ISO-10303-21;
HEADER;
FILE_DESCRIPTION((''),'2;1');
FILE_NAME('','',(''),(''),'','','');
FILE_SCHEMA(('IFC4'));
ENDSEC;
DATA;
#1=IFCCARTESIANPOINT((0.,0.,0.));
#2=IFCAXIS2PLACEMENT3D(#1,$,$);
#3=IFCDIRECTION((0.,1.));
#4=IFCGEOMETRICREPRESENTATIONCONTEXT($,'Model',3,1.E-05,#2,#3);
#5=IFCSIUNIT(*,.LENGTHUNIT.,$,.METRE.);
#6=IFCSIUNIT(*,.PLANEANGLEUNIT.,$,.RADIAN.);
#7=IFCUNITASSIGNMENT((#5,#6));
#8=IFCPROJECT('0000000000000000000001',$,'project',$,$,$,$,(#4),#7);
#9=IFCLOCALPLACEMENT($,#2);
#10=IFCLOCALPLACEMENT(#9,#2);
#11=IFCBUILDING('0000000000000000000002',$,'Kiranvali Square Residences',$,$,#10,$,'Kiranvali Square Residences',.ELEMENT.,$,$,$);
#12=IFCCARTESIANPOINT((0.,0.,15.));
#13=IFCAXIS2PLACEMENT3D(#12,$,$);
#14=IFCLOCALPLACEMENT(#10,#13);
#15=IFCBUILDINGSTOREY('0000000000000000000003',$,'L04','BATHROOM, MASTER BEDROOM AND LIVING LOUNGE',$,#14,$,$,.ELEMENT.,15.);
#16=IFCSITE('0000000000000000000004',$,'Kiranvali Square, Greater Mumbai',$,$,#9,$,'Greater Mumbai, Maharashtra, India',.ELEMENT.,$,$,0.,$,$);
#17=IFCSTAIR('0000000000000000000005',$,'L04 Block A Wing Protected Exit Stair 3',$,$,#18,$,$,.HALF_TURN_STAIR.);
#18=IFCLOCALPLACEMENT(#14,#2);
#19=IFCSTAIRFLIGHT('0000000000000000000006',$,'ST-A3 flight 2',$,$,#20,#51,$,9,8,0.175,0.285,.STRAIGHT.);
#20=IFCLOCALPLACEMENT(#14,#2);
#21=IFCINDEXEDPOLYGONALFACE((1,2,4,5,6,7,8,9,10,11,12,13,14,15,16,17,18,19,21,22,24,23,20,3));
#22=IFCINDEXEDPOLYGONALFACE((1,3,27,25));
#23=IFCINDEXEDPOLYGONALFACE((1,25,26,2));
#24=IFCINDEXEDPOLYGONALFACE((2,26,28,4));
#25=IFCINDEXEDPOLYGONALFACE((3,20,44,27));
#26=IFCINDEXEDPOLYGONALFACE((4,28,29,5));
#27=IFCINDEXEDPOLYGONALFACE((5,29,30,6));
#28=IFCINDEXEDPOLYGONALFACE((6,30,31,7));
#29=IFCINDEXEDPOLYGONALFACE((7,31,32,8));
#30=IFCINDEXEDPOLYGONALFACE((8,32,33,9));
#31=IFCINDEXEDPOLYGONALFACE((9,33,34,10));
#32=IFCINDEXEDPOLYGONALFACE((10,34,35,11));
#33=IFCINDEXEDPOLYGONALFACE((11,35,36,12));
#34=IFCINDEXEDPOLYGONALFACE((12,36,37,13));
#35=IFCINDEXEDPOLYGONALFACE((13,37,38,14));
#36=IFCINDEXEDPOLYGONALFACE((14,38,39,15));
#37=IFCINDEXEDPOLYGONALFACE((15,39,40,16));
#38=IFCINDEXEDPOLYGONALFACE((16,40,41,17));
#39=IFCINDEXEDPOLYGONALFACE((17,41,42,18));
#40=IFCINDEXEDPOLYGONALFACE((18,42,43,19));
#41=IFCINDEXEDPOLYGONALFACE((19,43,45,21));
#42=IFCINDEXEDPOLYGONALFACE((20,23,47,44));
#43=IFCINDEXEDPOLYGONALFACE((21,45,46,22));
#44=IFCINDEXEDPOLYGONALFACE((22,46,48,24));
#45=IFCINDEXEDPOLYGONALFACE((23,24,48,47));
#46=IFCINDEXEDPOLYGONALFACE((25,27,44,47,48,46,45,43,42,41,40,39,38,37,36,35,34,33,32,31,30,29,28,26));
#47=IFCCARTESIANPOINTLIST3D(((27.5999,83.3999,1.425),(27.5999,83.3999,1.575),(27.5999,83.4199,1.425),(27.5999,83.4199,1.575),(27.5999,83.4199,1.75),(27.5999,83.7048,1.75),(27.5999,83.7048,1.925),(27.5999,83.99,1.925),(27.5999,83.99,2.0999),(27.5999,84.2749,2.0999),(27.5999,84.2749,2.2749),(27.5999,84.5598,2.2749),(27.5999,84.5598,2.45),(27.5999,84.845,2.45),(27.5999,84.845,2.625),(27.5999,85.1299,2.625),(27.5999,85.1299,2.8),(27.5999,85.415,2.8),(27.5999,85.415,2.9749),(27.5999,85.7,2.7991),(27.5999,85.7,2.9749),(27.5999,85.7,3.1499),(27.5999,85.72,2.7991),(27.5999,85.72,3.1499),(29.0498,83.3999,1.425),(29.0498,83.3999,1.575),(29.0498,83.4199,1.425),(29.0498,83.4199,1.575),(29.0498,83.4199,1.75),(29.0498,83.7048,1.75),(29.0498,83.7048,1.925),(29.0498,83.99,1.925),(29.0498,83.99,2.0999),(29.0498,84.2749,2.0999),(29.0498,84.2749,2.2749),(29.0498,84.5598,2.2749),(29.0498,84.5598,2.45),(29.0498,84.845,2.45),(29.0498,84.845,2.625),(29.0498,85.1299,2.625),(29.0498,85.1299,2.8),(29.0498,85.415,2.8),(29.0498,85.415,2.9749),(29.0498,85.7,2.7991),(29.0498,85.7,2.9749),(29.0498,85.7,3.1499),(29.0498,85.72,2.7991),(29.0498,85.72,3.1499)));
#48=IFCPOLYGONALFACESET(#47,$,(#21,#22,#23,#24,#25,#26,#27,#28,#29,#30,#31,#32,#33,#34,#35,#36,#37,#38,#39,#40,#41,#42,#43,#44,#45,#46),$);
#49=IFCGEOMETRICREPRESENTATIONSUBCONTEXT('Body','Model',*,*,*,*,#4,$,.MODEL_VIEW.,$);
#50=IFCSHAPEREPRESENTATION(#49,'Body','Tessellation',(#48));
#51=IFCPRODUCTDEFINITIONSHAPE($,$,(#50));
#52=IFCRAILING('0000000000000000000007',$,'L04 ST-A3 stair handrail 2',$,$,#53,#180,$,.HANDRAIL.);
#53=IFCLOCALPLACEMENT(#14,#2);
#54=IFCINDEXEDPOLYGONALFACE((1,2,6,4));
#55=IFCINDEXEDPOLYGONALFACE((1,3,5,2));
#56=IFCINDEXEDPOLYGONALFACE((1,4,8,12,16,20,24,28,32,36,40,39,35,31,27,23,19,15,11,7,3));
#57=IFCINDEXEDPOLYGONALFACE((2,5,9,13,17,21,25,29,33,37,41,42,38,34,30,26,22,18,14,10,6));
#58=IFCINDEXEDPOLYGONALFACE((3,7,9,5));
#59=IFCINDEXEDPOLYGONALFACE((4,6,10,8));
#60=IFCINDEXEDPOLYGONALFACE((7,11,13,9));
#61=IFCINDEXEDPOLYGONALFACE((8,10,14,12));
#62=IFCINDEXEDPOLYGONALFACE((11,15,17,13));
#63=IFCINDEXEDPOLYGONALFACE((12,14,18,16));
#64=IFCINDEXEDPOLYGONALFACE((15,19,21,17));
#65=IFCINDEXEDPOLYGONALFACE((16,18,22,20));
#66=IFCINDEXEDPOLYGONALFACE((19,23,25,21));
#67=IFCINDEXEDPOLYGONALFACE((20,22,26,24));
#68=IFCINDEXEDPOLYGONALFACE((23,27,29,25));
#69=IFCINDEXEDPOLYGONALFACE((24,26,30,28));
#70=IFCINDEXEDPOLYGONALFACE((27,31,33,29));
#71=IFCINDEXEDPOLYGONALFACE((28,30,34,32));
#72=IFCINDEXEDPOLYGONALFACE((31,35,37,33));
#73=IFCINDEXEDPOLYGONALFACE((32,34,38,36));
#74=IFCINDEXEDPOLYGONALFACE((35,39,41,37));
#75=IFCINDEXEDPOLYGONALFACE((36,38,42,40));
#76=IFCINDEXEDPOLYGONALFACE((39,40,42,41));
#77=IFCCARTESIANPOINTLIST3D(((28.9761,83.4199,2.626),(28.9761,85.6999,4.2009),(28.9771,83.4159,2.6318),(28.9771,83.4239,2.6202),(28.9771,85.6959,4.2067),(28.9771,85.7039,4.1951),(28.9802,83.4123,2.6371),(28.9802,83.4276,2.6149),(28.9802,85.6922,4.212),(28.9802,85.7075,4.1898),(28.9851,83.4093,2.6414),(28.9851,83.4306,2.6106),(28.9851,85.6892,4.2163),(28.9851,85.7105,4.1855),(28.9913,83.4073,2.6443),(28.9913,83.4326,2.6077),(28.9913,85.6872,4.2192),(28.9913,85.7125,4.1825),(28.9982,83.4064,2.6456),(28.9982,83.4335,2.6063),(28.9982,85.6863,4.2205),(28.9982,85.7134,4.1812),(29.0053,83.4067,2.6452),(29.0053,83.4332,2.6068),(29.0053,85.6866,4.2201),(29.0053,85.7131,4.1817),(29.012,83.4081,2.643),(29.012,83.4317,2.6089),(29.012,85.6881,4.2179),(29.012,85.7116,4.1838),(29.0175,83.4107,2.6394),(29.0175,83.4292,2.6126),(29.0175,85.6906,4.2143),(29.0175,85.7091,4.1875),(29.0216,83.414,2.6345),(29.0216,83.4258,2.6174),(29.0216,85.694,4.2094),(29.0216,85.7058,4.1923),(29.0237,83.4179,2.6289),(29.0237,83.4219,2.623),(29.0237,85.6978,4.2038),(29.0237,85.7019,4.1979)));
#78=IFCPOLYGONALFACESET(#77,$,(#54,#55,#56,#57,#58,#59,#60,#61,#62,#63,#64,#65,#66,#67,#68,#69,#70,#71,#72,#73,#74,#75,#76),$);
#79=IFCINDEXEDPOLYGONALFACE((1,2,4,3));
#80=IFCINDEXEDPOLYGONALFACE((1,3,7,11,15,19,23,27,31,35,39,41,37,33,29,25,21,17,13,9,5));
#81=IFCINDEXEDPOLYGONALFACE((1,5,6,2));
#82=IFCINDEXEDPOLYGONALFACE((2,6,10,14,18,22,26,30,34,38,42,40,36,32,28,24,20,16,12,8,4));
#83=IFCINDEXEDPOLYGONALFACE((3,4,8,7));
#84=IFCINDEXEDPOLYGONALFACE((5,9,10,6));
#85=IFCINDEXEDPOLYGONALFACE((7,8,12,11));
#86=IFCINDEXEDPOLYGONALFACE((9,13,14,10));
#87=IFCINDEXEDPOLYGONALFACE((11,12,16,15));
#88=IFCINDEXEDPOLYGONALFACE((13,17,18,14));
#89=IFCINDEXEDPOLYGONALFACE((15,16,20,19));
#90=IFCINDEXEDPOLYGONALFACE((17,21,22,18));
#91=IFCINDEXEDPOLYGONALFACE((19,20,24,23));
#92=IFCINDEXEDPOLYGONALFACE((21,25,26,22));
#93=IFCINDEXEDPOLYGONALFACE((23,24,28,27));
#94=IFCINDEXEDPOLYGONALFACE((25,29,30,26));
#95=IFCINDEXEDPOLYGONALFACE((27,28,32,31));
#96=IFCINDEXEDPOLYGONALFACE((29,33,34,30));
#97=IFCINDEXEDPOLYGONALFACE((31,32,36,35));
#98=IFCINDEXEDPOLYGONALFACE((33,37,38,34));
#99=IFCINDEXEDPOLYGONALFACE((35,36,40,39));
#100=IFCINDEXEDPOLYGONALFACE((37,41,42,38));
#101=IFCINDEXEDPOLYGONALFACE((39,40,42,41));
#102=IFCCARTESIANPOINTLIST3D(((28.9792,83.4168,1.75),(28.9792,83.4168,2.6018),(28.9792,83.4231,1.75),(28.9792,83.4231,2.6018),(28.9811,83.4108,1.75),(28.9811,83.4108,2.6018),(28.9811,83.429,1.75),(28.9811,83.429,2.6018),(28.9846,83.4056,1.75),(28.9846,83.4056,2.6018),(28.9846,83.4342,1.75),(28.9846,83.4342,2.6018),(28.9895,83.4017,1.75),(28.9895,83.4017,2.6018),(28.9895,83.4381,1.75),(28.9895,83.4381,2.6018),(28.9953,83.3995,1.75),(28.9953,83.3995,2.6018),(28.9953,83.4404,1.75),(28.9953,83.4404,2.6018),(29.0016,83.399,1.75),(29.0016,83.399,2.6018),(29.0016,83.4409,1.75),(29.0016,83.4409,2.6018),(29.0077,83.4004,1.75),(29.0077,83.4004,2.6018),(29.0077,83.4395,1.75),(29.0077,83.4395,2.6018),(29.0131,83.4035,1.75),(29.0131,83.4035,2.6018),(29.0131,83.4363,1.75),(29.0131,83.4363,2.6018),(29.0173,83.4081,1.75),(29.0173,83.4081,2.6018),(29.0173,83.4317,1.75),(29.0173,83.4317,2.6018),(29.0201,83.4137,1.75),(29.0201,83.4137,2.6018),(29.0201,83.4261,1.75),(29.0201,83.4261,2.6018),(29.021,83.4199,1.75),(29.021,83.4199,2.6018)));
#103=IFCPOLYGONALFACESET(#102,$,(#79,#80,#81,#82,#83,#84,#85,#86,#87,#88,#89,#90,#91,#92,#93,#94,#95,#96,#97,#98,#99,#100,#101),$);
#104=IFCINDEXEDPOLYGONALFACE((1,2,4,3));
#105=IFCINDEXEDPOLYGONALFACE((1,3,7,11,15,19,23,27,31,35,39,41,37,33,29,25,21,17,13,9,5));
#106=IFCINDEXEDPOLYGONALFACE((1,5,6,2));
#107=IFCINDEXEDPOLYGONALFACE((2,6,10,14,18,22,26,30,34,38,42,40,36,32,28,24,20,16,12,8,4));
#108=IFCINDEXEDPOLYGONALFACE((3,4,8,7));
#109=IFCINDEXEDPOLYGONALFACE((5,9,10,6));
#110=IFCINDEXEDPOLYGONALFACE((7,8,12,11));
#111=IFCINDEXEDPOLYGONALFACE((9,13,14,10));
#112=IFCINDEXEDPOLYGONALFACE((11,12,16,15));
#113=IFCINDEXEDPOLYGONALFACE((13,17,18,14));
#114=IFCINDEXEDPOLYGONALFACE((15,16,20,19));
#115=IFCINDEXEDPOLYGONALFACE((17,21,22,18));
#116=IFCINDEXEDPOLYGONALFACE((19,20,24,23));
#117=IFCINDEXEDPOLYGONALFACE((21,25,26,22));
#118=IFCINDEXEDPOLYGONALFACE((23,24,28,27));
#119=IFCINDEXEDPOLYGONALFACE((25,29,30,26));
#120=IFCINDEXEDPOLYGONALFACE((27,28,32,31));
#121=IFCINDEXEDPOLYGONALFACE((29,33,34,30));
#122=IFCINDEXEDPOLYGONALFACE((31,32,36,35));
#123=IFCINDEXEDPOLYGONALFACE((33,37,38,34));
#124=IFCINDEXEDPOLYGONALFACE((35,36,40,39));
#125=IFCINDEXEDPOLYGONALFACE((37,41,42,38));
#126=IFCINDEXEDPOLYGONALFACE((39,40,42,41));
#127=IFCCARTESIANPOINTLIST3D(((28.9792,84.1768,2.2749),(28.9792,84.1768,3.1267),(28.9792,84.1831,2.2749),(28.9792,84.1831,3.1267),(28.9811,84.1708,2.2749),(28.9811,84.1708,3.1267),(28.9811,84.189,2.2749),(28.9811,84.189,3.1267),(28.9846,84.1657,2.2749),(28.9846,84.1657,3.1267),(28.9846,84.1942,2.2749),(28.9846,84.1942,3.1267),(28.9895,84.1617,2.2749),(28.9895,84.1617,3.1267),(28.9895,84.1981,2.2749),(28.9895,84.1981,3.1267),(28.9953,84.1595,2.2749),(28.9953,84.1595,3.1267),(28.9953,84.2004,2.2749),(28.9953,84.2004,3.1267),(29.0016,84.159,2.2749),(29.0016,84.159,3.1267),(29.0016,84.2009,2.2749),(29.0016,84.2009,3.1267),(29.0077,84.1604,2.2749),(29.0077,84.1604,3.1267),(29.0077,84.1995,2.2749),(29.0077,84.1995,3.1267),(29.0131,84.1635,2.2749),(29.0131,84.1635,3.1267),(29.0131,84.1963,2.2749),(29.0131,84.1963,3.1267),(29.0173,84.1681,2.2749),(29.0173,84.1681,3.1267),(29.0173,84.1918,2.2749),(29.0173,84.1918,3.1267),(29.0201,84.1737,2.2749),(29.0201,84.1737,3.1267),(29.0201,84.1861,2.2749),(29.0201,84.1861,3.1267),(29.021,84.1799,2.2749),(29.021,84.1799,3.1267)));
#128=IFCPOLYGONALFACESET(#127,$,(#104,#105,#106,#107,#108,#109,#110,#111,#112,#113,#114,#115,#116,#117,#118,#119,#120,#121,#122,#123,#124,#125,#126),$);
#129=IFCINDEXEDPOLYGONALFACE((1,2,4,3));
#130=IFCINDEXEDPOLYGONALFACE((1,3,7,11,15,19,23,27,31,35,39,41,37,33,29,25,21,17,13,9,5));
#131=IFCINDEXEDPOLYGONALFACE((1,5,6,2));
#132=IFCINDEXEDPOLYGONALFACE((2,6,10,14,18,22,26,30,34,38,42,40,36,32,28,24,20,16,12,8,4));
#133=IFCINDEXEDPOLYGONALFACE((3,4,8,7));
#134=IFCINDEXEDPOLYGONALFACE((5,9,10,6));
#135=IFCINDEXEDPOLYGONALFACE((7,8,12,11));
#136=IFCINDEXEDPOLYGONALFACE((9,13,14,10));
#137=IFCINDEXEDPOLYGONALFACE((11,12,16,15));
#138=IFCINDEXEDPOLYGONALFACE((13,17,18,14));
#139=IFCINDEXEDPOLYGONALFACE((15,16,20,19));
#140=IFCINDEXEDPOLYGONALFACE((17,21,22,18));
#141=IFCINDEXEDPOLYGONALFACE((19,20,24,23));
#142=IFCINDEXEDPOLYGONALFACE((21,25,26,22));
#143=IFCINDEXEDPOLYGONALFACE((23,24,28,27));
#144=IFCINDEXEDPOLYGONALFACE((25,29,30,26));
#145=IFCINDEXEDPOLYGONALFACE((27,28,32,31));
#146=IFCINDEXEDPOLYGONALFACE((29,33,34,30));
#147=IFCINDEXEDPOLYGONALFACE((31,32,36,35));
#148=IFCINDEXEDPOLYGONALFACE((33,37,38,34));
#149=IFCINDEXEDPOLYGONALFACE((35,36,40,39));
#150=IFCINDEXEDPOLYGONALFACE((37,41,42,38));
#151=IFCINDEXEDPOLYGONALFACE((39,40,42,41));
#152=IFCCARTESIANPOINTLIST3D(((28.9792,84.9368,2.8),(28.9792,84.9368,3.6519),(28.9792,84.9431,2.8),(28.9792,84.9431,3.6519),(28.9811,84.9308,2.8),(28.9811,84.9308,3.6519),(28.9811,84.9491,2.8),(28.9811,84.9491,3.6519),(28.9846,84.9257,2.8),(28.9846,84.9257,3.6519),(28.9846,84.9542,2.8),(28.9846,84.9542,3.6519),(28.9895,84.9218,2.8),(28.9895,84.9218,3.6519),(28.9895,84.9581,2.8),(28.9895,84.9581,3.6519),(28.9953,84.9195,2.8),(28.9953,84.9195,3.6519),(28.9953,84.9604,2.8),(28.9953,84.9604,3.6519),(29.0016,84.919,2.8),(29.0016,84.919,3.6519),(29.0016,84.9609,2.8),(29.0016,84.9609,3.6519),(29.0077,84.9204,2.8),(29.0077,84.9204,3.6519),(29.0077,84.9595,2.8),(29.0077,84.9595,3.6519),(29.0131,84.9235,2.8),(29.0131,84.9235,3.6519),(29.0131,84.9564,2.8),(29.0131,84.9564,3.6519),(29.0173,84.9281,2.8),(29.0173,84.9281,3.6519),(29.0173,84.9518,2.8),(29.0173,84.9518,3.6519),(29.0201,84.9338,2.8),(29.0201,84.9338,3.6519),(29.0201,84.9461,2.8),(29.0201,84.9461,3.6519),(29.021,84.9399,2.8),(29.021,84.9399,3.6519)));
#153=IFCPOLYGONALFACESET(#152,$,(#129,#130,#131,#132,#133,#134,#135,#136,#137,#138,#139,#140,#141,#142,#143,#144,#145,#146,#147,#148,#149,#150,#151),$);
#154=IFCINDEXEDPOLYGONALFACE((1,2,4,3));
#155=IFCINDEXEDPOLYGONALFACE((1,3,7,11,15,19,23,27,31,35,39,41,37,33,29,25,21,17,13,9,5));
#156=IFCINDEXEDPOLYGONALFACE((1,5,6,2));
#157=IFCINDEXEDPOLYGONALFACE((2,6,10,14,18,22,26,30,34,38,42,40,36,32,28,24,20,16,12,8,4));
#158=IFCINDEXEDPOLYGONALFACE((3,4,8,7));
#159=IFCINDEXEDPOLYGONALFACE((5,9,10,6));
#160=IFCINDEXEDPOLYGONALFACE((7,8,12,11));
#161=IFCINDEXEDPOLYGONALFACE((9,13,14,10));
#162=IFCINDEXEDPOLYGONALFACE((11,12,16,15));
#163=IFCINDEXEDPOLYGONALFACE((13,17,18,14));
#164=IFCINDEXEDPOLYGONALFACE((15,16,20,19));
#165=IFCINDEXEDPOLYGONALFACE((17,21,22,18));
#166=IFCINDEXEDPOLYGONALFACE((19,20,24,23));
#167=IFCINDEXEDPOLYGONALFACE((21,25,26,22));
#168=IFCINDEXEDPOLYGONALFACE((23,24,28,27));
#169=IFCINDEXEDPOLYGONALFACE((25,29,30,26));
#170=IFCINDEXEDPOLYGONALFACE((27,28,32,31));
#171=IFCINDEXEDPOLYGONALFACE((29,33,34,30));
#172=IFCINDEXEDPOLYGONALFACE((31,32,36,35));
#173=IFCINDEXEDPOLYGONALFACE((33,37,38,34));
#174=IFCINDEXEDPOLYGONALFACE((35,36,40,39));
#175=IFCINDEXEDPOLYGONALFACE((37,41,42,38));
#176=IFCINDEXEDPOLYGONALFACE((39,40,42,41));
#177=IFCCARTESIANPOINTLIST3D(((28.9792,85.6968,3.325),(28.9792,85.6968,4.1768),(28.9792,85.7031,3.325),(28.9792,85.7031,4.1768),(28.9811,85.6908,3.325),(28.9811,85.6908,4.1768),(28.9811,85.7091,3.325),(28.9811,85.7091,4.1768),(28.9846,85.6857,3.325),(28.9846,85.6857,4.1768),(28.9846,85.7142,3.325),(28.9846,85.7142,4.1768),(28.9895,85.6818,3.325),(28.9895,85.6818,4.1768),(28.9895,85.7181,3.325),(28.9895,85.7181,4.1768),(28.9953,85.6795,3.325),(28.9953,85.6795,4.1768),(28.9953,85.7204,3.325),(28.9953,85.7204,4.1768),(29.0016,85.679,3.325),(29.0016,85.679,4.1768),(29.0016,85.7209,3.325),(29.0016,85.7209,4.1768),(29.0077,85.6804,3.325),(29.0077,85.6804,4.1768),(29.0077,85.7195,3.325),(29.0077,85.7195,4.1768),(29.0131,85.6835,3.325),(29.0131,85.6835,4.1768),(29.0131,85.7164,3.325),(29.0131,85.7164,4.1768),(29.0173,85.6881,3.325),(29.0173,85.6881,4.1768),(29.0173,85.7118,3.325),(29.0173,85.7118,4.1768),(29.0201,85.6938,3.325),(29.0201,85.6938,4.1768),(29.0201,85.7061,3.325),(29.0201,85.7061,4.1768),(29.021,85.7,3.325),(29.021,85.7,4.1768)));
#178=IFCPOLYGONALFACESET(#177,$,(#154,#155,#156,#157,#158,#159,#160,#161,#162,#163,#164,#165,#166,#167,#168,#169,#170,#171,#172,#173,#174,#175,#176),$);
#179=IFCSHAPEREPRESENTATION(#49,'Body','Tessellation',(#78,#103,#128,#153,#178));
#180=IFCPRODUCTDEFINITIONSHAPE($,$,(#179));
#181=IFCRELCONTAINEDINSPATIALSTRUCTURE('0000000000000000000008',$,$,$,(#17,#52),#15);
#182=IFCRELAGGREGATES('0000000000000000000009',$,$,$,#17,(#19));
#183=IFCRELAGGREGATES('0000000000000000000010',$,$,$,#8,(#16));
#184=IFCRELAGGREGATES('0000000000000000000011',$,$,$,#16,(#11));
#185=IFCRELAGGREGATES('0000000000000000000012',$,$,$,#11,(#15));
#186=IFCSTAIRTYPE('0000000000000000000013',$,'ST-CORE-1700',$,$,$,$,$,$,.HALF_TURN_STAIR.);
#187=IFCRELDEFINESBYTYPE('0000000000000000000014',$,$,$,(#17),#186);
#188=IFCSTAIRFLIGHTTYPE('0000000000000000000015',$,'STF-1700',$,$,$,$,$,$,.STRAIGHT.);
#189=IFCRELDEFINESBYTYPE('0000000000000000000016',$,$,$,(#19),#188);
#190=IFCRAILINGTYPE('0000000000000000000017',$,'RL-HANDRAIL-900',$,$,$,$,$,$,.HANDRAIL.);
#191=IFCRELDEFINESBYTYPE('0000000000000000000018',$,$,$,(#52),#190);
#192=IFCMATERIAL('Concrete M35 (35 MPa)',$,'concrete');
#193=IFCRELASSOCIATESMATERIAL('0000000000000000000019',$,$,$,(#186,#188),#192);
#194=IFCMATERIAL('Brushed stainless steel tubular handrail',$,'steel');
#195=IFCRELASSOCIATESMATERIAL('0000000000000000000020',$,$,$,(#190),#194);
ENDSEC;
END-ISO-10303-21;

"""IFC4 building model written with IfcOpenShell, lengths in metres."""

from ifc_helpers import new_model, si_unit, direction, frame, origin, origin_2d, place, context, subcontext, project, spatial, polyline, circle, outline, extrude, material, type_object, element, aggregate, save


model = new_model("IFC4")

# Units and contexts
model_context = context("Model", 3, precision=1e-05, world=origin(), true_north=direction((0.0, 1.0)))
body_context = subcontext(model_context, "Body", "Model", "MODEL_VIEW")
ifc_project = project(units=[si_unit("LENGTHUNIT", "METRE"), si_unit("PLANEANGLEUNIT", "RADIAN")], contexts=[model_context])

# Site, building, storey
site_placement = place(None, origin())
site = spatial("IfcSite", under=ifc_project, at=site_placement, Name="Kiranvali Square, Greater Mumbai", LongName="Greater Mumbai, Maharashtra, India", CompositionType="ELEMENT", RefElevation=0.0)
building_placement = place(site_placement, origin())
building = spatial("IfcBuilding", under=site, at=building_placement, Name="Kiranvali Square Residences", LongName="Kiranvali Square Residences", CompositionType="ELEMENT")
storey_placement = place(building_placement, frame((0.0, 0.0, 15.0)))
storey = spatial("IfcBuildingStorey", under=building, at=storey_placement, Name="L04", Description="BATHROOM, MASTER BEDROOM AND LIVING LOUNGE", CompositionType="ELEMENT", Elevation=15.0)

# Stair, stair flight
ifc_material_1 = material(Name="Concrete M35 (35 MPa)", Category="concrete")
stair_type = type_object("IfcStairType", Name="ST-CORE-1700", PredefinedType="HALF_TURN_STAIR", material=ifc_material_1)
stair_placement = place(storey_placement, origin())
stair = element("IfcStair", 1, at=stair_placement, inside=storey, type_object=stair_type, Name="L04 Block A Wing Protected Exit Stair 3", PredefinedType="HALF_TURN_STAIR")
stair_flight_type = type_object("IfcStairFlightType", Name="STF-1700", PredefinedType="STRAIGHT", material=ifc_material_1)
stair_flight_placement = place(storey_placement, frame((28.325, 83.4199, 1.575), z_axis=(0.0, 0.0, 1.0), x_axis=(0.0, 1.0, 0.0)))
stair_flight = element("IfcStairFlight", 2, at=stair_flight_placement, type_object=stair_flight_type, Name="ST-A3 flight 2", NumberOfRisers=9, NumberOfTreads=8, PredefinedType="STRAIGHT", RiserHeight=0.175, TreadLength=0.285, context=body_context, shape_type="SweptSolid", body=[
    extrude(outline(polyline([(-0.02, -0.1499), (-0.02, 0.0), (0.0, 0.0), (0.0, 0.175), (0.2849, 0.175), (0.2849, 0.3501), (0.5701, 0.3501), (0.5701, 0.5249), (0.855, 0.5249), (0.855, 0.7), (1.1399, 0.7), (1.1399, 0.875), (1.425, 0.875), (1.425, 1.05), (1.71, 1.05), (1.71, 1.2251), (1.9951, 1.2251), (1.9951, 1.3999), (2.28, 1.3999), (2.28, 1.575), (2.3, 1.575), (2.3, 1.2241), (2.28, 1.2241), (0.0, -0.1499), (-0.02, -0.1499)])), frame((0.0, 0.7251, 0.0), z_axis=(0.0, -1.0, 0.0), x_axis=(1.0, 0.0, 0.0)), (0.0, 0.0, 1.0), 1.45),
])
aggregate(stair, [stair_flight])

# Railing
ifc_material_2 = material(Name="Brushed stainless steel tubular handrail", Category="steel")
railing_type_1 = type_object("IfcRailingType", Name="RL-HANDRAIL-900", PredefinedType="HANDRAIL", material=ifc_material_2)
railing_1_placement = place(storey_placement, frame((29.0, 83.4199, 1.75)))
element("IfcRailing", 3, at=railing_1_placement, inside=storey, type_object=railing_type_1, Name="L04 ST-A3 stair handrail 2", PredefinedType="HANDRAIL", context=body_context, shape_type="SweptSolid", body=[
    extrude(circle(Radius=0.0239, at=origin_2d()), frame((0.0, 0.0, 0.876), z_axis=(0.0, 0.822788, 0.568348), x_axis=(-1.0, 0.0, 0.0)), (0.0, 0.0, 1.0), 2.771),
    extrude(circle(Radius=0.021, at=origin_2d()), origin(), (0.0, 0.0, 1.0), 0.8518),
    extrude(circle(Radius=0.021, at=origin_2d()), frame((0.0, 0.76, 0.5249)), (0.0, 0.0, 1.0), 0.8518),
    extrude(circle(Radius=0.021, at=origin_2d()), frame((0.0, 1.52, 1.05)), (0.0, 0.0, 1.0), 0.8518),
    extrude(circle(Radius=0.021, at=origin_2d()), frame((0.0, 2.28, 1.575)), (0.0, 0.0, 1.0), 0.8518),
])

save(model, "model.ifc")
